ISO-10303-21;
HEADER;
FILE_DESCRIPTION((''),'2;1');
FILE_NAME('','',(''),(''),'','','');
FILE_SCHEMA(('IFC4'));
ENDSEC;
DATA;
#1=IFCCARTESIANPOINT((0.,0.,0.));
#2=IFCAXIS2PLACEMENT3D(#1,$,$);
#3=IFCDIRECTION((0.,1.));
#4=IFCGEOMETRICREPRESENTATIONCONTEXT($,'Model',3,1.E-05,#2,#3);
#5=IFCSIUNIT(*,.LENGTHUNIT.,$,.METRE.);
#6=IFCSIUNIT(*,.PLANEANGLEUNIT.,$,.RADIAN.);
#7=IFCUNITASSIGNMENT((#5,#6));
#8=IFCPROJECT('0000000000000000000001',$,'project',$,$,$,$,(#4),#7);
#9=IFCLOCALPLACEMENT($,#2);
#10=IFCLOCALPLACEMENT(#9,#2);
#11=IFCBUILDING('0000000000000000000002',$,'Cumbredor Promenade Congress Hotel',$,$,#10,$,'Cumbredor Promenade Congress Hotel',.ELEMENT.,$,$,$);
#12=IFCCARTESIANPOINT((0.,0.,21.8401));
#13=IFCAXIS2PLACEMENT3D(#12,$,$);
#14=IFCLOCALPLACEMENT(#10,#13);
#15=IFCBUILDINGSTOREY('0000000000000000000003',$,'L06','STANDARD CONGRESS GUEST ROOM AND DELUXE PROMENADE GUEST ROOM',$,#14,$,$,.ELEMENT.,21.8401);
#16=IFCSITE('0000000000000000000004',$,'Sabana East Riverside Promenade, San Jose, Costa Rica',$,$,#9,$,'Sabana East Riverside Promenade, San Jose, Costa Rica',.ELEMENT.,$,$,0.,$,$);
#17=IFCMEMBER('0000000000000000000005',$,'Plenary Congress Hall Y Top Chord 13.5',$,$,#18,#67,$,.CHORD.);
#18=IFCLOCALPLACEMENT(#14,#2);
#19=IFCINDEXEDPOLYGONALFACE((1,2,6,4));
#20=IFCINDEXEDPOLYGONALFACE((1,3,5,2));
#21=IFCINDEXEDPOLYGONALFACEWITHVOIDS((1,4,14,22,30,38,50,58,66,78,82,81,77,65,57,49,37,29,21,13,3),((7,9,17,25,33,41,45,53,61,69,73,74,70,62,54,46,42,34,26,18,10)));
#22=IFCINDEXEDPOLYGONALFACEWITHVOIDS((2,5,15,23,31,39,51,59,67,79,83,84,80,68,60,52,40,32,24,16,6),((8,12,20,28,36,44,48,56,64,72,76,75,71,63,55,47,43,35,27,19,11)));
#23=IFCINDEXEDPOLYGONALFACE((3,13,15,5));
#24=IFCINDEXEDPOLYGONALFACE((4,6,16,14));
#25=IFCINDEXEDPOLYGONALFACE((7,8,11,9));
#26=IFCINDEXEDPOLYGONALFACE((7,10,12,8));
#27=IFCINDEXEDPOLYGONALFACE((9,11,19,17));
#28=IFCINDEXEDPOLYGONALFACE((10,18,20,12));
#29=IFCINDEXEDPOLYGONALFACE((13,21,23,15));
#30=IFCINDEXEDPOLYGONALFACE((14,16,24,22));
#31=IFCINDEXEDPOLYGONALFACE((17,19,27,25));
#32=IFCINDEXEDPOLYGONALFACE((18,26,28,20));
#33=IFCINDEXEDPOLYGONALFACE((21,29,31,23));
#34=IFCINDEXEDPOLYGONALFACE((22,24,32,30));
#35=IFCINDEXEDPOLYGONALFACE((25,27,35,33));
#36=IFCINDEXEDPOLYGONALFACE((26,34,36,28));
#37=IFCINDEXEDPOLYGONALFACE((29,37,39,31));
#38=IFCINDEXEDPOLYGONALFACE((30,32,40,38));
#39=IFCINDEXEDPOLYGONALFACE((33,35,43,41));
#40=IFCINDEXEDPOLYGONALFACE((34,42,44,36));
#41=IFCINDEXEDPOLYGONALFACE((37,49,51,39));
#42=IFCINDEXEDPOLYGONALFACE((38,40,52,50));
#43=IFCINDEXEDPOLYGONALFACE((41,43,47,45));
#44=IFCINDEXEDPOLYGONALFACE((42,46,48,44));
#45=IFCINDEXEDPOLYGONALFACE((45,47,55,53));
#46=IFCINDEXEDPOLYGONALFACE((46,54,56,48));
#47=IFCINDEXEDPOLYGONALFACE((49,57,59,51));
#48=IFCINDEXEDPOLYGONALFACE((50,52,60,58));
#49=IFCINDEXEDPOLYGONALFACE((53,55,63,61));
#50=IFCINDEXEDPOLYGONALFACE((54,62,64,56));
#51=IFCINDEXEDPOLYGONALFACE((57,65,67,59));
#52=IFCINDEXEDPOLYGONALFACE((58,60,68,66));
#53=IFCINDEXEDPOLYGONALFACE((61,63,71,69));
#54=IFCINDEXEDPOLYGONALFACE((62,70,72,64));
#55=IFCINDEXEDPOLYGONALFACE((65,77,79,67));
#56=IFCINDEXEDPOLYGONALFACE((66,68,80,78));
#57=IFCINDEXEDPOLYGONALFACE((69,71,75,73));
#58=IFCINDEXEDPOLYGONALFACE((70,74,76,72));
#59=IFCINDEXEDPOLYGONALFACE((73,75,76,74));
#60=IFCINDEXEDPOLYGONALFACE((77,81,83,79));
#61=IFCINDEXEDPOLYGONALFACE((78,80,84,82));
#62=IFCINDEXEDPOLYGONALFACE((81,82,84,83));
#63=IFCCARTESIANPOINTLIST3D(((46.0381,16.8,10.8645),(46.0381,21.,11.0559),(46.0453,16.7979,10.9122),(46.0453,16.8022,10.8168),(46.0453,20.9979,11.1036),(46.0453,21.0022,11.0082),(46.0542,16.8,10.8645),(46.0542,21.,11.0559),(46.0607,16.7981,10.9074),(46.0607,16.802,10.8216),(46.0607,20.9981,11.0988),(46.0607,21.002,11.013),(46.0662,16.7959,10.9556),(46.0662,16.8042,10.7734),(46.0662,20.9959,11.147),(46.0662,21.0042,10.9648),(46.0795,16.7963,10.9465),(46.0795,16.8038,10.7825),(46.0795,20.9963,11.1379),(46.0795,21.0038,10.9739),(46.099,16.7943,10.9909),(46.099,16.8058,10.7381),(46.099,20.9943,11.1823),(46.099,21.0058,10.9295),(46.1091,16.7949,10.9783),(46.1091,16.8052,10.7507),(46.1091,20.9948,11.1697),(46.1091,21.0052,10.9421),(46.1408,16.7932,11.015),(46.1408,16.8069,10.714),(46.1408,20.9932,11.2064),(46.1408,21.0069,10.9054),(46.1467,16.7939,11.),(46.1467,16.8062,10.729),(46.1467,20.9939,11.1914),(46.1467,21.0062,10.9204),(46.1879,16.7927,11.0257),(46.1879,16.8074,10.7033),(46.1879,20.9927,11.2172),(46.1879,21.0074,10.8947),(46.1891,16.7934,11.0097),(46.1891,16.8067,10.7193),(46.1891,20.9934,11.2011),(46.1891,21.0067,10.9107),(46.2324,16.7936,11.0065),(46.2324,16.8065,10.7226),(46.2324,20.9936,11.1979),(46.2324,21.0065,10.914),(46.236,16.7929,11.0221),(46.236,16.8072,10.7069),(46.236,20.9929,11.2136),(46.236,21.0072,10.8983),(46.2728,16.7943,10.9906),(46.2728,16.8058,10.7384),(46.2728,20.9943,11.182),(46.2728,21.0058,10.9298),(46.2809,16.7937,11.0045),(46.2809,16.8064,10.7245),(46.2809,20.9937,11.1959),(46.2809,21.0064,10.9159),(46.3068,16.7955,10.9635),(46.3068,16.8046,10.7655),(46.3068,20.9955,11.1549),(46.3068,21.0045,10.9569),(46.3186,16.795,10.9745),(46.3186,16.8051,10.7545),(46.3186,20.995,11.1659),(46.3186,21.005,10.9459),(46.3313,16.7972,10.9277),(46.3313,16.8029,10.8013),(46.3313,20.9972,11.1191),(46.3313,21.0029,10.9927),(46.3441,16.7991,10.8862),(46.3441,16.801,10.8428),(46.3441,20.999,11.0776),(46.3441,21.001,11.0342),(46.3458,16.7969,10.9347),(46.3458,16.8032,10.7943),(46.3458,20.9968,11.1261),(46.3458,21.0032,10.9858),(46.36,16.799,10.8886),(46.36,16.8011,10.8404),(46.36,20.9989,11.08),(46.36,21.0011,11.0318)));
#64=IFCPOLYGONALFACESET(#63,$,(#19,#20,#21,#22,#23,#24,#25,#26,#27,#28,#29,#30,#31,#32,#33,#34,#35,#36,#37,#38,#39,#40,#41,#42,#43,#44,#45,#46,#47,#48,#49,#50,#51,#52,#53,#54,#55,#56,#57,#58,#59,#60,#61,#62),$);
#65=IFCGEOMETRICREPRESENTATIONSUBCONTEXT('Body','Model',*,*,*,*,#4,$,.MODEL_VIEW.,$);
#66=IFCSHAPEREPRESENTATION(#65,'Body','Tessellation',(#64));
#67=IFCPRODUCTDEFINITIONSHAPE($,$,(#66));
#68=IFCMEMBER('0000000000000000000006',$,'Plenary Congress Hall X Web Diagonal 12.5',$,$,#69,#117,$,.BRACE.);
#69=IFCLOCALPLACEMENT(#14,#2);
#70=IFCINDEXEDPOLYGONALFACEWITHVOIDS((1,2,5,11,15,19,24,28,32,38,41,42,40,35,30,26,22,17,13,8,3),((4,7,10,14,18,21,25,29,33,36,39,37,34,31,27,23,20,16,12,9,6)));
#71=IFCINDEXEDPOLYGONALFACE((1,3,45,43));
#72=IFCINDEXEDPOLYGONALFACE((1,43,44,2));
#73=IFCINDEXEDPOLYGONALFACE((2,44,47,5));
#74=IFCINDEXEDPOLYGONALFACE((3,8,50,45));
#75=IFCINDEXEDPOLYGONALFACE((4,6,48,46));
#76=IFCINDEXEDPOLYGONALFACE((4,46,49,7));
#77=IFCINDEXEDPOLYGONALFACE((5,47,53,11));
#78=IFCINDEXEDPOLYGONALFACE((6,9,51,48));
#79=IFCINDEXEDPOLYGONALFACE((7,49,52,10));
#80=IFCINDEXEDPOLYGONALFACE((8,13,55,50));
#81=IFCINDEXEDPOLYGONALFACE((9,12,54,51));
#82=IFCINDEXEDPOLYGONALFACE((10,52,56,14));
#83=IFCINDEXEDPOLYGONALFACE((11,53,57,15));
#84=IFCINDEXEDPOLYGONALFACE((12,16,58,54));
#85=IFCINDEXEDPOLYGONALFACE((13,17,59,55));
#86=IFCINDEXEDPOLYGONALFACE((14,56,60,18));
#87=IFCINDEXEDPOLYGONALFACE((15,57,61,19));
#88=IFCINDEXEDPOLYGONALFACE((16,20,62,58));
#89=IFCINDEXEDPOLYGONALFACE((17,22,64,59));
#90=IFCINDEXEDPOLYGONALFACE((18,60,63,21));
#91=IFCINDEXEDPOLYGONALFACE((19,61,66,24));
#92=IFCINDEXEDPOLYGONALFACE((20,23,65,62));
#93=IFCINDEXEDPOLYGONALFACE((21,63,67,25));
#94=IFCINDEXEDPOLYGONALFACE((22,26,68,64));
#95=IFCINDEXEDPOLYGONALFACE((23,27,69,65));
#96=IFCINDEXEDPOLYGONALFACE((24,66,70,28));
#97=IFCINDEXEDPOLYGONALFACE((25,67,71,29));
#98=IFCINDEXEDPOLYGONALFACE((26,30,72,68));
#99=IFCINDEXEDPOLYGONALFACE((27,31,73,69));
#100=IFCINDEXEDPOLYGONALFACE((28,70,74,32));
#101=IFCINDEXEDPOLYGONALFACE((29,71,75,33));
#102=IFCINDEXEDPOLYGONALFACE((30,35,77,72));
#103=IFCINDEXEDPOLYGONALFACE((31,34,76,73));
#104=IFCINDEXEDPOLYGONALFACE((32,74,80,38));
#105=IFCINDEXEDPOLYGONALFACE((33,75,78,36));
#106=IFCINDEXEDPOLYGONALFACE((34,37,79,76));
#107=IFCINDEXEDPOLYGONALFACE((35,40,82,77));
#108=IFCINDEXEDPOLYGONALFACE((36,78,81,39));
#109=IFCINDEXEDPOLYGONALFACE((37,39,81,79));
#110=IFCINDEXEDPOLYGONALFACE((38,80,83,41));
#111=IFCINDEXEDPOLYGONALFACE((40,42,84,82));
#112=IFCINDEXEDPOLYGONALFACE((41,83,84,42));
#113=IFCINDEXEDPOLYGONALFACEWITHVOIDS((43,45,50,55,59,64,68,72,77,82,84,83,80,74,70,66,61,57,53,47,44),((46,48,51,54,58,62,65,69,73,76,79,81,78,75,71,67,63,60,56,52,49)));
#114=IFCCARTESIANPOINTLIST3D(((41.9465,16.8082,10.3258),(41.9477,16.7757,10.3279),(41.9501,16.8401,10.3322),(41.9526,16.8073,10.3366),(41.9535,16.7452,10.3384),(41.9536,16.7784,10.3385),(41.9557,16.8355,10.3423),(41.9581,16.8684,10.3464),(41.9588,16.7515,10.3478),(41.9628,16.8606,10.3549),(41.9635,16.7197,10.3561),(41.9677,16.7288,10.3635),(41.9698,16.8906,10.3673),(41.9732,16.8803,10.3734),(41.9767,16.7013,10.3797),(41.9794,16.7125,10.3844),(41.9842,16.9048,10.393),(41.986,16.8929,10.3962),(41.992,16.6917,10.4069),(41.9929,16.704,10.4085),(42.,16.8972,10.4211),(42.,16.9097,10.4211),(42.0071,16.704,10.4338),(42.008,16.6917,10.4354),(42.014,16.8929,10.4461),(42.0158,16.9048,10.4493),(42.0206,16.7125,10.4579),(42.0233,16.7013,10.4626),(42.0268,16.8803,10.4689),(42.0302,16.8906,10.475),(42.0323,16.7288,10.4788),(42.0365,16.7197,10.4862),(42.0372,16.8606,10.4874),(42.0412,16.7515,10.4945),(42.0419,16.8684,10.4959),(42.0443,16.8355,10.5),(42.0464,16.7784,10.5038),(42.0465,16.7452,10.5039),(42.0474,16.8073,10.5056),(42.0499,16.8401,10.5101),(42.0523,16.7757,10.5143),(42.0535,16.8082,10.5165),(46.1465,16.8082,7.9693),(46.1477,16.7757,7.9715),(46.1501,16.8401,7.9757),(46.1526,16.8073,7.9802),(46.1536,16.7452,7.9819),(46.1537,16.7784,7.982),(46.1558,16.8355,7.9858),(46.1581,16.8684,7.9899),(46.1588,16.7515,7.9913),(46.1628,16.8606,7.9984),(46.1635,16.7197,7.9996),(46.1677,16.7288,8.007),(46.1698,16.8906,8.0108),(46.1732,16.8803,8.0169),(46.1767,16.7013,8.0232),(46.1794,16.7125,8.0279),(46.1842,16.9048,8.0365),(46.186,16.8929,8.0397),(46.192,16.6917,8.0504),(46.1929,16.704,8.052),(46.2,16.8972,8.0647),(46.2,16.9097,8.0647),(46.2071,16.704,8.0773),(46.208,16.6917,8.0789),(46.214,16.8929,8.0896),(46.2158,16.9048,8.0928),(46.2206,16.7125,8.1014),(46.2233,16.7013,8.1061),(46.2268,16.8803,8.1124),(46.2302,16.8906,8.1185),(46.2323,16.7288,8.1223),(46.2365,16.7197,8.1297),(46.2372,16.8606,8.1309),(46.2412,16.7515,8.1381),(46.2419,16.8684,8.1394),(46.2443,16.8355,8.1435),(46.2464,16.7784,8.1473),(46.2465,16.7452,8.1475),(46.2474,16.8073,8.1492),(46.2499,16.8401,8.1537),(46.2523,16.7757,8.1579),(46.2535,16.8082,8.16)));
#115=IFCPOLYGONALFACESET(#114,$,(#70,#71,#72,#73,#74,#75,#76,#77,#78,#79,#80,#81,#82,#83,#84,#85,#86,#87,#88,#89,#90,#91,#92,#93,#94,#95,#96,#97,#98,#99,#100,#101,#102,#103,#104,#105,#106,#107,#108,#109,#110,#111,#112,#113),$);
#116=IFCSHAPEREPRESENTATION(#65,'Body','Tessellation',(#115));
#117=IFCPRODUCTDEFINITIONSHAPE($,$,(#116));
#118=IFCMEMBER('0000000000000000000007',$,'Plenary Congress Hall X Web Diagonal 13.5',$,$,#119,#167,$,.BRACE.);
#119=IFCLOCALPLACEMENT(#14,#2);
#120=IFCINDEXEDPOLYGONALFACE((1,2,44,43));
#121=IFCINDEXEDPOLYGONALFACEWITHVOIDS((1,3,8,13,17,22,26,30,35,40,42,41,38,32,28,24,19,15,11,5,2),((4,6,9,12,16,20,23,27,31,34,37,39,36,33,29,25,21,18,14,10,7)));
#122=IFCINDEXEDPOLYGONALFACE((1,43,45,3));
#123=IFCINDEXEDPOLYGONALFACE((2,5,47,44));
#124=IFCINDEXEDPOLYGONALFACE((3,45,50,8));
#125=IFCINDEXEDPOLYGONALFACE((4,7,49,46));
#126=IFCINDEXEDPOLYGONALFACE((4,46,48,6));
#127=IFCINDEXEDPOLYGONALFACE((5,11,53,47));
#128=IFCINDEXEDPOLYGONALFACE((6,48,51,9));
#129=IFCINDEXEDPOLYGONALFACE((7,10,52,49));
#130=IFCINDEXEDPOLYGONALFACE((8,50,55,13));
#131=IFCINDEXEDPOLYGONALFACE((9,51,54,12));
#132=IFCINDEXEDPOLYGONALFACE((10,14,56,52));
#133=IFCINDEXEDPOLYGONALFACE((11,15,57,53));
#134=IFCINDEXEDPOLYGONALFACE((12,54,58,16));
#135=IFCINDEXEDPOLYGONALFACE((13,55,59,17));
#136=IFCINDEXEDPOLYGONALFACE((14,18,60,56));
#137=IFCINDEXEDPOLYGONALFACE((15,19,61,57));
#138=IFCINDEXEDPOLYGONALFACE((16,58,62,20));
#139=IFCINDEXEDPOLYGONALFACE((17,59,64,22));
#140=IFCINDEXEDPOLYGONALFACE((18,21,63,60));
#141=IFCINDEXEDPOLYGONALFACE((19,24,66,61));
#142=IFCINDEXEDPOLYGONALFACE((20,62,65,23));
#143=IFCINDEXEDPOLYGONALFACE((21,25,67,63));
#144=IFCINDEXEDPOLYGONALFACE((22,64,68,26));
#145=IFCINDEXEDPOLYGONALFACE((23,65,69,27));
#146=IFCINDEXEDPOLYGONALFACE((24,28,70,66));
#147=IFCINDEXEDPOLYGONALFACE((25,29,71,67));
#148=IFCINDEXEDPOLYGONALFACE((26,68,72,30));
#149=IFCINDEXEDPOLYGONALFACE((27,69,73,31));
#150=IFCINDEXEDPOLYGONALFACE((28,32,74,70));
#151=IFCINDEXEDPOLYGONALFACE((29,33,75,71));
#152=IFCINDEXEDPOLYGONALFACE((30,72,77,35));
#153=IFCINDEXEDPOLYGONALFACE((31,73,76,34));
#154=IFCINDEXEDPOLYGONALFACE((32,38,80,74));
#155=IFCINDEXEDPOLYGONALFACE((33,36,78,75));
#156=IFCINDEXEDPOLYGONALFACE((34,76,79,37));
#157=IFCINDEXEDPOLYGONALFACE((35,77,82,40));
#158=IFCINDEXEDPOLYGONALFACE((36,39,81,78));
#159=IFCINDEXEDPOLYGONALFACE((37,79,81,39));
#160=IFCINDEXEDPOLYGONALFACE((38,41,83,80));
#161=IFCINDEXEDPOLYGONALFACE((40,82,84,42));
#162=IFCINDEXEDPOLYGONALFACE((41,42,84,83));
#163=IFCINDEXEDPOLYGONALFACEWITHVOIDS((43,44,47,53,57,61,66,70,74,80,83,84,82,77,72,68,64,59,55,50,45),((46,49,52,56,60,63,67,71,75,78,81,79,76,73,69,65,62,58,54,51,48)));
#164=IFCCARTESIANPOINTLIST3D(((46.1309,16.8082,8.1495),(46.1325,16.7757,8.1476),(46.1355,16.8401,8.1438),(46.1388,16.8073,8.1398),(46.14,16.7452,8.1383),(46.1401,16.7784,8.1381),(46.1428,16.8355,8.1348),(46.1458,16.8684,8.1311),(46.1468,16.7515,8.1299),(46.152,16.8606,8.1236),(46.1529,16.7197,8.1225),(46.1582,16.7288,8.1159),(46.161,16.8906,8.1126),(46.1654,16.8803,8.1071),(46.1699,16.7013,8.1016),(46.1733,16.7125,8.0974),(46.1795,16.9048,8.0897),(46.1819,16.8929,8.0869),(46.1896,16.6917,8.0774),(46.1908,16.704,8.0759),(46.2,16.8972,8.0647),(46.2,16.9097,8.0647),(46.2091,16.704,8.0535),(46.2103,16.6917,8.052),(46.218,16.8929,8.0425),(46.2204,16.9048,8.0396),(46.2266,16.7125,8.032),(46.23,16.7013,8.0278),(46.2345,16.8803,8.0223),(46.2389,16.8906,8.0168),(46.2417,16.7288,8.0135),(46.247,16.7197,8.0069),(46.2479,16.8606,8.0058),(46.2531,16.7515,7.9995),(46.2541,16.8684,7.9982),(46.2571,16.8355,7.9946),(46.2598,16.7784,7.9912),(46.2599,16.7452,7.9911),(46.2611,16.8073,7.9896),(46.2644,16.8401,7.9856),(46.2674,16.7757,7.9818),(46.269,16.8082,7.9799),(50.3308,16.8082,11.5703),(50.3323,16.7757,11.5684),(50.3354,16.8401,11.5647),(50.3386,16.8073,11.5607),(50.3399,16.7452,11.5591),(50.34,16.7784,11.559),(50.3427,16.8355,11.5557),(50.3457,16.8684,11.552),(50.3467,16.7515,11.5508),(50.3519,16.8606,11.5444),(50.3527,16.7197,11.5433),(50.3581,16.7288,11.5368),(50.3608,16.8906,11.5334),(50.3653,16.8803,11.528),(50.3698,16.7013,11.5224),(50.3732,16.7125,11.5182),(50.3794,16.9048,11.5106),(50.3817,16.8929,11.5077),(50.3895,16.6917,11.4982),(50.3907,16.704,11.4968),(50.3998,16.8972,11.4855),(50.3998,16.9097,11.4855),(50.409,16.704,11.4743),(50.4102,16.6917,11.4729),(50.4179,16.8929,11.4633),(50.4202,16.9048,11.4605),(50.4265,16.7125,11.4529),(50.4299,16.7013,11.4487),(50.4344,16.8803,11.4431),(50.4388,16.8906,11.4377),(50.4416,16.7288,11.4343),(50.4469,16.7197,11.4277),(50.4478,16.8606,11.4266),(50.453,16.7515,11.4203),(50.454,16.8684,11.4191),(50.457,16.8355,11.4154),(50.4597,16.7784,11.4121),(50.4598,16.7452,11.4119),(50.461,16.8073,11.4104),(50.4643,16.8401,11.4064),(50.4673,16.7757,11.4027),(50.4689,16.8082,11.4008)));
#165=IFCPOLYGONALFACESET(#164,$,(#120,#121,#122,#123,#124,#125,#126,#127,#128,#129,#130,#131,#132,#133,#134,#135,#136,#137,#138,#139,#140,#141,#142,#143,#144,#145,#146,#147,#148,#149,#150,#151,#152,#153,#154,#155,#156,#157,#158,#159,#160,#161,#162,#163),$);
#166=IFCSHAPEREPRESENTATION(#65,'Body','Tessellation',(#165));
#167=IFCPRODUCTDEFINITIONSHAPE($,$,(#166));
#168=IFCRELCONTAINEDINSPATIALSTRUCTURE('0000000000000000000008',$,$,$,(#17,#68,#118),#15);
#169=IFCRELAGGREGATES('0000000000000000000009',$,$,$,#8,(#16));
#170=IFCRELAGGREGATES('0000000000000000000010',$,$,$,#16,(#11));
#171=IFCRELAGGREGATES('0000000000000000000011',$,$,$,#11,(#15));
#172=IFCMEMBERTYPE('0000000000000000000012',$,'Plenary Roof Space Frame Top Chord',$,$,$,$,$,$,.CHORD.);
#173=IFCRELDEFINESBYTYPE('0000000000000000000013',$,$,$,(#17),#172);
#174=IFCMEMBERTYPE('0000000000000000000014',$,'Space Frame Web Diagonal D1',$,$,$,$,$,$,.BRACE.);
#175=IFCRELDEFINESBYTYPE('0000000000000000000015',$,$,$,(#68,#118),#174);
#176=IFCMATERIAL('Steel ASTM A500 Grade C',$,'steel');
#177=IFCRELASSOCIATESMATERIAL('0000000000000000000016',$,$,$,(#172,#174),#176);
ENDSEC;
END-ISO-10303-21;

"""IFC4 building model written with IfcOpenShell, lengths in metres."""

from ifc_helpers import new_model, si_unit, direction, frame, origin, origin_2d, place, context, subcontext, project, spatial, hollow_circle, extrude, material, material_profile, profile_set, type_object, element, save


model = new_model("IFC4")

# Units and contexts
model_context = context("Model", 3, precision=1e-05, world=origin(), true_north=direction((0.0, 1.0)))
body_context = subcontext(model_context, "Body", "Model", "MODEL_VIEW")
ifc_project = project(units=[si_unit("LENGTHUNIT", "METRE"), si_unit("PLANEANGLEUNIT", "RADIAN")], contexts=[model_context])

# Site, building, storey
site_placement = place(None, origin())
site = spatial("IfcSite", under=ifc_project, at=site_placement, Name="Sabana East Riverside Promenade, San Jose, Costa Rica", LongName="Sabana East Riverside Promenade, San Jose, Costa Rica", CompositionType="ELEMENT", RefElevation=0.0)
building_placement = place(site_placement, origin())
building = spatial("IfcBuilding", under=site, at=building_placement, Name="Cumbredor Promenade Congress Hotel", LongName="Cumbredor Promenade Congress Hotel", CompositionType="ELEMENT")
storey_placement = place(building_placement, frame((0.0, 0.0, 21.8401)))
storey = spatial("IfcBuildingStorey", under=building, at=storey_placement, Name="L06", Description="STANDARD CONGRESS GUEST ROOM AND DELUXE PROMENADE GUEST ROOM", CompositionType="ELEMENT", Elevation=21.8401)

# Members
ifc_material_1 = material(Name="Steel ASTM A500 Grade C", Category="steel")
ifc_material_profile_1 = material_profile(ifc_material_1, hollow_circle(Radius=0.1619, WallThickness=0.0161, at=origin_2d()), Name="CHS 323.9x16")
ifc_profile_set_1 = profile_set([ifc_material_profile_1], Name="Steel ASTM A500 Grade C")
member_type_1 = type_object("IfcMemberType", Name="Plenary Roof Space Frame Top Chord", PredefinedType="CHORD", material=ifc_profile_set_1)
member_1_placement = place(storey_placement, frame((46.2, 16.8, 10.8645), z_axis=(0.0, 0.998963, 0.045526), x_axis=(-1.0, 0.0, 0.0)))
element("IfcMember", 1, at=member_1_placement, inside=storey, type_object=member_type_1, Name="Plenary Congress Hall Y Top Chord 13.5", PredefinedType="CHORD", context=body_context, shape_type="SweptSolid", body=[
    extrude(hollow_circle(Radius=0.1619, WallThickness=0.0161, at=origin_2d()), origin(), (0.0, 0.0, 1.0), 4.2043),
])
ifc_material_profile_2 = material_profile(ifc_material_1, hollow_circle(Radius=0.1096, WallThickness=0.0125, at=origin_2d()), Name="CHS 219.1x12.5")
ifc_profile_set_2 = profile_set([ifc_material_profile_2], Name="Steel ASTM A500 Grade C")
member_type_2 = type_object("IfcMemberType", Name="Space Frame Web Diagonal D1", PredefinedType="BRACE", material=ifc_profile_set_2)
member_2_placement = place(storey_placement, frame((42.0, 16.8, 10.4211), z_axis=(0.87211, 0.0, -0.48931), x_axis=(0.0, 1.0, 0.0)))
element("IfcMember", 2, at=member_2_placement, inside=storey, type_object=member_type_2, Name="Plenary Congress Hall X Web Diagonal 12.5", PredefinedType="BRACE", context=body_context, shape_type="SweptSolid", body=[
    extrude(hollow_circle(Radius=0.1096, WallThickness=0.0125, at=origin_2d()), origin(), (0.0, 0.0, 1.0), 4.8159),
])
member_3_placement = place(storey_placement, frame((46.2, 16.8, 8.0647), z_axis=(0.775351, 0.0, 0.63153), x_axis=(0.0, 1.0, 0.0)))
element("IfcMember", 3, at=member_3_placement, inside=storey, type_object=member_type_2, Name="Plenary Congress Hall X Web Diagonal 13.5", PredefinedType="BRACE", context=body_context, shape_type="SweptSolid", body=[
    extrude(hollow_circle(Radius=0.1096, WallThickness=0.0125, at=origin_2d()), origin(), (0.0, 0.0, 1.0), 5.4167),
])

save(model, "model.ifc")
